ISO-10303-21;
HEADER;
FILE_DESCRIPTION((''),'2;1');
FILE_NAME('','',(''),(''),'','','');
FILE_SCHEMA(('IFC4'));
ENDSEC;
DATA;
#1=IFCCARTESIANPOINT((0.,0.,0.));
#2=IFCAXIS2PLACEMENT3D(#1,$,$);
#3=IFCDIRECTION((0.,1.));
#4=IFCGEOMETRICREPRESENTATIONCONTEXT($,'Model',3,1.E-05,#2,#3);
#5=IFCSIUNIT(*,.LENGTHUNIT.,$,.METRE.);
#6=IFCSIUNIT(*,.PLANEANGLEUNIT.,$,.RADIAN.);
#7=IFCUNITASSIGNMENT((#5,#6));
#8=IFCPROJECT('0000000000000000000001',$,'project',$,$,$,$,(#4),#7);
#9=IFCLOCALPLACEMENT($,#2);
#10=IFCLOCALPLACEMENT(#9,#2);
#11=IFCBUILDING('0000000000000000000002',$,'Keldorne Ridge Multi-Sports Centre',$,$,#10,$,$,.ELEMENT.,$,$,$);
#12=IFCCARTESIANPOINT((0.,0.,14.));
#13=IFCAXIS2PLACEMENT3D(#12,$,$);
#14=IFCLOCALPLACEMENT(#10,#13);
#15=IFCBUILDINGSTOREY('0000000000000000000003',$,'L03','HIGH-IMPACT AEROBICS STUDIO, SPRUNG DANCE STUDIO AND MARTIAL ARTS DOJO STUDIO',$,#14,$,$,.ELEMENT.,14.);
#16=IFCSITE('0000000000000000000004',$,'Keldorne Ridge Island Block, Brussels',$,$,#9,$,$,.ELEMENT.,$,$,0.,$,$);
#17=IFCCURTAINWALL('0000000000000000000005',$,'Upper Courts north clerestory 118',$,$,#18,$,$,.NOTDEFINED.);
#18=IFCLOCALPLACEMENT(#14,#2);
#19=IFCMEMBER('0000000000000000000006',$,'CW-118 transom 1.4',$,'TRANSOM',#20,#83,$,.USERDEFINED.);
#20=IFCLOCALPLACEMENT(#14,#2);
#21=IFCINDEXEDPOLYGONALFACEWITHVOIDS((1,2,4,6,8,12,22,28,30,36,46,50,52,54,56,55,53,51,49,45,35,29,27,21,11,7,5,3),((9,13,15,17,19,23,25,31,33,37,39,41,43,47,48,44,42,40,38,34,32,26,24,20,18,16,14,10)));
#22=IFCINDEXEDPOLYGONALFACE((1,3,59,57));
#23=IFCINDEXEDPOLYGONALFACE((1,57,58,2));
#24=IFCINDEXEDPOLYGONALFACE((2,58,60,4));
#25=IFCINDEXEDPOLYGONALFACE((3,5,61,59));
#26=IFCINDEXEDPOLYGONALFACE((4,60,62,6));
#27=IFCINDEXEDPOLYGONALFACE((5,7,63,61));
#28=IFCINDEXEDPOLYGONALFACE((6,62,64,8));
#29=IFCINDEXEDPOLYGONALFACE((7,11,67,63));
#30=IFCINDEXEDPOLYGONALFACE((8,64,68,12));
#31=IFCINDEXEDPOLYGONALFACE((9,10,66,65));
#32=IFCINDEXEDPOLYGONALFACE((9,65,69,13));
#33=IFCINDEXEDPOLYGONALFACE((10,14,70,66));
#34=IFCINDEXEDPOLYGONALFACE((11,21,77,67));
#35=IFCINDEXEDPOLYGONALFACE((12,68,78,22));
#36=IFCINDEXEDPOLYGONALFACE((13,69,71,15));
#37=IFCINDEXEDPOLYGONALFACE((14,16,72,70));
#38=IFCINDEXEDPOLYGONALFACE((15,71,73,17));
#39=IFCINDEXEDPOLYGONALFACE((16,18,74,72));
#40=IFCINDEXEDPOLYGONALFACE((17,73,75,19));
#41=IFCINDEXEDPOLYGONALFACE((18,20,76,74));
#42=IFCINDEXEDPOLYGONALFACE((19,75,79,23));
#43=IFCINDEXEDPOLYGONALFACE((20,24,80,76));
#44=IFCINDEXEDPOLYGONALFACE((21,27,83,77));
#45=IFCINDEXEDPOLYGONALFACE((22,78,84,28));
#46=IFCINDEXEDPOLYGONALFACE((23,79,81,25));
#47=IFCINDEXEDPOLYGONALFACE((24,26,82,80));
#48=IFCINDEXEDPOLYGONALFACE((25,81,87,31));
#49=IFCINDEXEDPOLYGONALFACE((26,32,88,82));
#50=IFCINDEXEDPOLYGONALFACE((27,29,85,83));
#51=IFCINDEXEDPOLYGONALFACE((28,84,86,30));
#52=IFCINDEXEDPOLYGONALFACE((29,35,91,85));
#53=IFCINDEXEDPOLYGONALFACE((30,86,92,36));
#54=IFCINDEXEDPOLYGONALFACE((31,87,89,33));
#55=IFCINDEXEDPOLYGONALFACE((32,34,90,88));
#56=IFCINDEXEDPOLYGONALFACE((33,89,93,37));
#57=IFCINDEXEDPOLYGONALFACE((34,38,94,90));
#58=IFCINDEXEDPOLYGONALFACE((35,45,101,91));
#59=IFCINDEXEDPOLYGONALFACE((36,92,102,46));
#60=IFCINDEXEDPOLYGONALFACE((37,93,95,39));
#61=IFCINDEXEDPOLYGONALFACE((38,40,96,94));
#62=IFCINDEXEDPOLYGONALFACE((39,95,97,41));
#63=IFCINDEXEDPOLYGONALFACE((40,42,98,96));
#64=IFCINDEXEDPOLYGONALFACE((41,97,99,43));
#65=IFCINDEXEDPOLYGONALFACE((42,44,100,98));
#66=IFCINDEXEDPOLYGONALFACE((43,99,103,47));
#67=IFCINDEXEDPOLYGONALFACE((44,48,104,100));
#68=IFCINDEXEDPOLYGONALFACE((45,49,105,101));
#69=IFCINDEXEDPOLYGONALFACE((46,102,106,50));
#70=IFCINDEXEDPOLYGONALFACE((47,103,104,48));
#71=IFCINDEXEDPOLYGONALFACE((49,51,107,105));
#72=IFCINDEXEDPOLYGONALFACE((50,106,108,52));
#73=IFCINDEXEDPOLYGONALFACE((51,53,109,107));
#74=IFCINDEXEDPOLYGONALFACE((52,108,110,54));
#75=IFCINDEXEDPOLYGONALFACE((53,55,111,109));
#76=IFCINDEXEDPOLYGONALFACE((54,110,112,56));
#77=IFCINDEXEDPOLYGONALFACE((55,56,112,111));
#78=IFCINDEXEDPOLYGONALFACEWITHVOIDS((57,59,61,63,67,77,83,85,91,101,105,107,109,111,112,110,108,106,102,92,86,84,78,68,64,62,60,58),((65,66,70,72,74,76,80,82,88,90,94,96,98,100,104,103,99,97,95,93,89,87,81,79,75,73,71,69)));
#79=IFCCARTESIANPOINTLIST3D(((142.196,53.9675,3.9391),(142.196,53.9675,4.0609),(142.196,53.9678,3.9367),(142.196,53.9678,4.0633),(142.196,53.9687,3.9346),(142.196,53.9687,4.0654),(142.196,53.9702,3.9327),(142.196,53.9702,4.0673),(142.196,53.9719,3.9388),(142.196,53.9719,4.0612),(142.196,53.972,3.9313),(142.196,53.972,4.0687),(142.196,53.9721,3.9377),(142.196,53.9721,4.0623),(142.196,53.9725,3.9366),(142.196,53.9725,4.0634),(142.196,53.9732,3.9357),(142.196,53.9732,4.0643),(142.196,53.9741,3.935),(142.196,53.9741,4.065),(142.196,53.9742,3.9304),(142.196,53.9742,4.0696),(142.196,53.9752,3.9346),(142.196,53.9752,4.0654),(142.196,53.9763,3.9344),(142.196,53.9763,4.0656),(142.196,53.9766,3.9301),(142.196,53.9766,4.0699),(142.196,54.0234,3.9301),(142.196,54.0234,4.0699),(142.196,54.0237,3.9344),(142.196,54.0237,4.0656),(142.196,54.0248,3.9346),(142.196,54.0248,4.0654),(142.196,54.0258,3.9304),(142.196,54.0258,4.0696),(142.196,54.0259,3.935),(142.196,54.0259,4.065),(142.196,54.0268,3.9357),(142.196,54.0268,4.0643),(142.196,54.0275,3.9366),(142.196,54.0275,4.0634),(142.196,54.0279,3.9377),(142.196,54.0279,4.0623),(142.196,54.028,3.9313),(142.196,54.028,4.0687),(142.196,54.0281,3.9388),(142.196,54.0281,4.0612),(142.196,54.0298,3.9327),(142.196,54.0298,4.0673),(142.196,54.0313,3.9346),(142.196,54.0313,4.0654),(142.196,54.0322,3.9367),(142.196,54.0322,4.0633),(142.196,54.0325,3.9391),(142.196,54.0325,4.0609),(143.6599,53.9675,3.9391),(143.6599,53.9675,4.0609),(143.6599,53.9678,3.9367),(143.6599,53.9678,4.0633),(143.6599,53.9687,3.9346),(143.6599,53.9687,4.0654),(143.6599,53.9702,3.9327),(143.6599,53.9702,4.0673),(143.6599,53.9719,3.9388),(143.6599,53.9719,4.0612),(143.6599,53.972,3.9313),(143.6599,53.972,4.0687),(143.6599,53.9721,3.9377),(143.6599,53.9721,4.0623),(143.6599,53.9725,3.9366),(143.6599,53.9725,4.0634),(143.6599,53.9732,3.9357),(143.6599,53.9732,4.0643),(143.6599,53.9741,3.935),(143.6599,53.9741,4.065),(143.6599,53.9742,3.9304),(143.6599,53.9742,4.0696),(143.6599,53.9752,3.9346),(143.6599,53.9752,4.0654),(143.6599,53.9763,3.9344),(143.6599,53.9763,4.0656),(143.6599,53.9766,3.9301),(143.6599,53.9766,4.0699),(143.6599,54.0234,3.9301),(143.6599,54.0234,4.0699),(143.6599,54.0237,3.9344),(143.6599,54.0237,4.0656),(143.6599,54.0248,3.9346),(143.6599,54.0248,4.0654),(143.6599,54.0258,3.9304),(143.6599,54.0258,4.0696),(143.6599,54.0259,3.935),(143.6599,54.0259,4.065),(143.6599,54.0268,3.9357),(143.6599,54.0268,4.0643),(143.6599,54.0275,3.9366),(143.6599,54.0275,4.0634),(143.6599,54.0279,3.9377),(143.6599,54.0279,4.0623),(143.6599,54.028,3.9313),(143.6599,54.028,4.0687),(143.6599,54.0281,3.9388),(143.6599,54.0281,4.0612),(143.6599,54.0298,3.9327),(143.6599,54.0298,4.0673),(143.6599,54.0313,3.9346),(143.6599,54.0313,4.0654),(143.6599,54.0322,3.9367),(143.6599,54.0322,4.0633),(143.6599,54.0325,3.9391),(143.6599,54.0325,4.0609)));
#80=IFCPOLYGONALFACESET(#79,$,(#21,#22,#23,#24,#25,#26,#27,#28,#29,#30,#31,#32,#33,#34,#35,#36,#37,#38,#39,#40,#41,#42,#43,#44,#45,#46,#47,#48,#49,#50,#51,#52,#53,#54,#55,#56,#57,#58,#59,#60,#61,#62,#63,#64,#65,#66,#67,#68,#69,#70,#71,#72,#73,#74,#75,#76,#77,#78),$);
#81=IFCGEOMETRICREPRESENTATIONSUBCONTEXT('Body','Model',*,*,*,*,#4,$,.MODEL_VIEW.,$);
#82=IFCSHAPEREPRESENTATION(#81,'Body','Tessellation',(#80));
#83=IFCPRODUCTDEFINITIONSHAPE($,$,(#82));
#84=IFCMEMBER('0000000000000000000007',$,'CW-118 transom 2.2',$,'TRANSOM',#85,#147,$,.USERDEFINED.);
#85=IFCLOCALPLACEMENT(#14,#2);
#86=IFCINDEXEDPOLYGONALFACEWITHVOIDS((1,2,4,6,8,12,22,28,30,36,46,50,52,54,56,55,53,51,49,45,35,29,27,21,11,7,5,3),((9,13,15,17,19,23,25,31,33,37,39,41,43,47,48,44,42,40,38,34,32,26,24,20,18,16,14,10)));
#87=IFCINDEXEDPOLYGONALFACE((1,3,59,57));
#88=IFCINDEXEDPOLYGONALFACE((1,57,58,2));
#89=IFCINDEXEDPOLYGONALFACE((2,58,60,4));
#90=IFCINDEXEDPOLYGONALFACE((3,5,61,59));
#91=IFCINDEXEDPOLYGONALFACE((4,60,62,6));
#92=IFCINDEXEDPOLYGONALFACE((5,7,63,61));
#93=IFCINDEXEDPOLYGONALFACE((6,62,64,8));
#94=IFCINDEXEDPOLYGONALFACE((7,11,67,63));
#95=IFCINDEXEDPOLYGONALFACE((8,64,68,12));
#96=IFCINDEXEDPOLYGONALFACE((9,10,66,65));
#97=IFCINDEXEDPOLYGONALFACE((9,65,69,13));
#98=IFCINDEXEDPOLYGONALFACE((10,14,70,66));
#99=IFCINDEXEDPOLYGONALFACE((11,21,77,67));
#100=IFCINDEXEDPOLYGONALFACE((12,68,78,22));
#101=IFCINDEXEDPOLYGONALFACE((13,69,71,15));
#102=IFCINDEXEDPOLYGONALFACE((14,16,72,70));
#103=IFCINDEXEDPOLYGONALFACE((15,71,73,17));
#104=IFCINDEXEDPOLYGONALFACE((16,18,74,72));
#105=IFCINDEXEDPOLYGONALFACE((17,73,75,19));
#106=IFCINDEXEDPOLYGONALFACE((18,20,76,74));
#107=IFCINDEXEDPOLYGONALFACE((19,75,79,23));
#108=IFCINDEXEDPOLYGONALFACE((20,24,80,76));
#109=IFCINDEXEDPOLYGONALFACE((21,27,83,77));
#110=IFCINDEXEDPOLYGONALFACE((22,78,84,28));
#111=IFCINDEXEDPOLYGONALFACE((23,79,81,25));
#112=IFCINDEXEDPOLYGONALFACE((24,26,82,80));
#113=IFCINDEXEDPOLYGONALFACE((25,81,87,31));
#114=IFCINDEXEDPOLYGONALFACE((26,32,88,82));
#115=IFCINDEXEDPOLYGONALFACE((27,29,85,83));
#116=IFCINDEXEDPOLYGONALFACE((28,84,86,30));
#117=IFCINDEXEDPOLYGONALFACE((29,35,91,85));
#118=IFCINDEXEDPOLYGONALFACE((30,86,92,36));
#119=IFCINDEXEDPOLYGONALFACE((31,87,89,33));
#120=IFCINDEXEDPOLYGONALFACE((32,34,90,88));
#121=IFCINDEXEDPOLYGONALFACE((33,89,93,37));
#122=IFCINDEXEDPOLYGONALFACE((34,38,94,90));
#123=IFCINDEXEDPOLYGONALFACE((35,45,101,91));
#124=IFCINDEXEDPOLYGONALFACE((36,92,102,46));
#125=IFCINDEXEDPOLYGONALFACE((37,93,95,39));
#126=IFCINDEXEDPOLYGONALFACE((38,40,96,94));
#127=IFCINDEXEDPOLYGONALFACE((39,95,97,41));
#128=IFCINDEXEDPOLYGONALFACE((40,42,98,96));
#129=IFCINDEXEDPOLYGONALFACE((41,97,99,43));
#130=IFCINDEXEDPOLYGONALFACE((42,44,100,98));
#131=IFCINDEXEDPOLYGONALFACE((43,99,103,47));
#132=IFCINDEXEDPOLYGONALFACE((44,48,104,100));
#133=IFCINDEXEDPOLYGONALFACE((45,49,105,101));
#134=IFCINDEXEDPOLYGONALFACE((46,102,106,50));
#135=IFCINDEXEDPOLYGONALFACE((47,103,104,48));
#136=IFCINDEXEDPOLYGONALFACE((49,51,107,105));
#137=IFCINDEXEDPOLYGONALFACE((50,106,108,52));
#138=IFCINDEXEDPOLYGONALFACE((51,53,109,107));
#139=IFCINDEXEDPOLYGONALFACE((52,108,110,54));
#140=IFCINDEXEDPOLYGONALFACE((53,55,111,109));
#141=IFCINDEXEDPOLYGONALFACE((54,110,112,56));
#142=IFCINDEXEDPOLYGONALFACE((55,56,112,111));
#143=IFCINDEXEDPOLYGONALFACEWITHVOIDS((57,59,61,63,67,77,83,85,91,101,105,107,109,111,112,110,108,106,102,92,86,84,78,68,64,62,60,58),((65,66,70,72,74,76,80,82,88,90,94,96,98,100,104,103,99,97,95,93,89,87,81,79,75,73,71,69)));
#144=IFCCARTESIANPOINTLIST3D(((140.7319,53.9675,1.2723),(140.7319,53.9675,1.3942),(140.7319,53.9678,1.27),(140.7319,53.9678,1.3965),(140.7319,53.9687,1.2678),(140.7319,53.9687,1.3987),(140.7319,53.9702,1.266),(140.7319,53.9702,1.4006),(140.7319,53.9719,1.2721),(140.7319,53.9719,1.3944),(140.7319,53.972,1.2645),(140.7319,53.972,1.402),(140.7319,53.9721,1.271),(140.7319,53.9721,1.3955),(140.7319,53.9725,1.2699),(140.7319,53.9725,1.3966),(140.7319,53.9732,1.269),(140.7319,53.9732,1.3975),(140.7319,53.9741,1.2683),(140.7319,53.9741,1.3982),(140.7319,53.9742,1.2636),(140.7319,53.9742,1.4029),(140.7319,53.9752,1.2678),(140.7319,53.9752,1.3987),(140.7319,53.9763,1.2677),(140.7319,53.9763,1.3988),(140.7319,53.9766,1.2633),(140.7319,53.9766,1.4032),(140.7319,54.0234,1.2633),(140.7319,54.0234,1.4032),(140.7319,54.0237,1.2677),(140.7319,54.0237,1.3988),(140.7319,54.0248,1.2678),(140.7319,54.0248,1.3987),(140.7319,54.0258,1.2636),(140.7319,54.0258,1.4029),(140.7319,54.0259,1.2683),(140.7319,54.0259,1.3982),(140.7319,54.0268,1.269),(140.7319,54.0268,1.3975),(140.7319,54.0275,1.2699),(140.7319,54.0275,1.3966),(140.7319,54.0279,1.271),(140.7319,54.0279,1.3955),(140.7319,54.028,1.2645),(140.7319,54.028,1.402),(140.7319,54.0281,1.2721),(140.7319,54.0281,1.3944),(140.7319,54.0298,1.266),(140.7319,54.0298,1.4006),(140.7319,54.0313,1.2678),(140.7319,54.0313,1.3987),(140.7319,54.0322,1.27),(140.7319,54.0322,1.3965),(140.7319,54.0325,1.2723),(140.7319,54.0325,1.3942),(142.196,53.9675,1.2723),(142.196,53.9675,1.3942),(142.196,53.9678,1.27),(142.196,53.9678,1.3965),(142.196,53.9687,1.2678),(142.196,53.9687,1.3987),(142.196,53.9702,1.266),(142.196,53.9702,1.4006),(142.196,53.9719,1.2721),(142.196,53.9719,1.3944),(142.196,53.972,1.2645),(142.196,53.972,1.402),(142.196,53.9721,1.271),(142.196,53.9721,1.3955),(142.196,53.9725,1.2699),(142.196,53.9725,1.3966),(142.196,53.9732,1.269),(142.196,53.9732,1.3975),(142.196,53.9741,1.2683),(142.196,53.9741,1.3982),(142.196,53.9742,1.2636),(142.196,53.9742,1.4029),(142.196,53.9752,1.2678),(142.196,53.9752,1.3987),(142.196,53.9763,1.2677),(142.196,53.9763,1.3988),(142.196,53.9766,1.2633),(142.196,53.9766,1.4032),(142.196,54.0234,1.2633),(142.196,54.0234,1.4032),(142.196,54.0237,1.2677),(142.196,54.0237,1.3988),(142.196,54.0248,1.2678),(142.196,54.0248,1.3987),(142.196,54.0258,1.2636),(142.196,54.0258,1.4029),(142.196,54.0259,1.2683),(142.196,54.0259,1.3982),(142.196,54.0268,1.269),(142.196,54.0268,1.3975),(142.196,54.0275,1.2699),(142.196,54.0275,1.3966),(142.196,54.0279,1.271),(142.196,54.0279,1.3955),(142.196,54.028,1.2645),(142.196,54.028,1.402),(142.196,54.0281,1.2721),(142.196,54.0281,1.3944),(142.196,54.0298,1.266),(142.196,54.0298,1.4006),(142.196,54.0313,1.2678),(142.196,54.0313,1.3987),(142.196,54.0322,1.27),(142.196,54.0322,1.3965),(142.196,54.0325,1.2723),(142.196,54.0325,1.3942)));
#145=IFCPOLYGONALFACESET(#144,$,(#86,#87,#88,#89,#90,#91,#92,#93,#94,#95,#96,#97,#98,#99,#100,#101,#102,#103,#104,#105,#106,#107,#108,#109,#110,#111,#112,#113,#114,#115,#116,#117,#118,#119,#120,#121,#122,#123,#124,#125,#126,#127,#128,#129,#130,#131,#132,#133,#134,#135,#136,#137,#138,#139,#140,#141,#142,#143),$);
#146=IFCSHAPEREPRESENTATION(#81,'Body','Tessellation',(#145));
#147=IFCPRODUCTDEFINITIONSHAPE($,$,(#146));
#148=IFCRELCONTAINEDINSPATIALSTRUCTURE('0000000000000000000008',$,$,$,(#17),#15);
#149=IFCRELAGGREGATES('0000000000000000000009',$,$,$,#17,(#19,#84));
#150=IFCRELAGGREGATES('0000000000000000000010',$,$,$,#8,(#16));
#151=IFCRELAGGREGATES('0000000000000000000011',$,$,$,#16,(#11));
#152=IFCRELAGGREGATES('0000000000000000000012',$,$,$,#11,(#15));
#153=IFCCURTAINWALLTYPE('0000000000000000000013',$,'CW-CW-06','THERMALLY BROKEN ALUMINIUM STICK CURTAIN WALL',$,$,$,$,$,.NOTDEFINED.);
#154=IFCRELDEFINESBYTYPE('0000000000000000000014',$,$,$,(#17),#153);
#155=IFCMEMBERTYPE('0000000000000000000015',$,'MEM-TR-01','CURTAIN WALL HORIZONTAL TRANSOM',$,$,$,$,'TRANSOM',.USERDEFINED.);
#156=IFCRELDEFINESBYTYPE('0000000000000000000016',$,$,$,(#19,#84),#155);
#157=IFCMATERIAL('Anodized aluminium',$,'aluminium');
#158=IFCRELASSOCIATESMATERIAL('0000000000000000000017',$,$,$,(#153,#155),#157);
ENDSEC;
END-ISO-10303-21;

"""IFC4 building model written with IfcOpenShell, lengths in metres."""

from ifc_helpers import new_model, si_unit, direction, frame, origin, origin_2d, place, context, subcontext, project, spatial, hollow_rectangle, extrude, material, material_profile, profile_set, type_object, element, aggregate, save


model = new_model("IFC4")

# Units and contexts
model_context = context("Model", 3, precision=1e-05, world=origin(), true_north=direction((0.0, 1.0)))
body_context = subcontext(model_context, "Body", "Model", "MODEL_VIEW")
ifc_project = project(units=[si_unit("LENGTHUNIT", "METRE"), si_unit("PLANEANGLEUNIT", "RADIAN")], contexts=[model_context])

# Site, building, storey
site_placement = place(None, origin())
site = spatial("IfcSite", under=ifc_project, at=site_placement, Name="Keldorne Ridge Island Block, Brussels", CompositionType="ELEMENT", RefElevation=0.0)
building_placement = place(site_placement, origin())
building = spatial("IfcBuilding", under=site, at=building_placement, Name="Keldorne Ridge Multi-Sports Centre", CompositionType="ELEMENT")
storey_placement = place(building_placement, frame((0.0, 0.0, 14.0)))
storey = spatial("IfcBuildingStorey", under=building, at=storey_placement, Name="L03", Description="HIGH-IMPACT AEROBICS STUDIO, SPRUNG DANCE STUDIO AND MARTIAL ARTS DOJO STUDIO", CompositionType="ELEMENT", Elevation=14.0)

# Curtain wall
ifc_material_1 = material(Name="Anodized aluminium", Category="aluminium")
curtain_wall_type_1 = type_object("IfcCurtainWallType", Name="CW-CW-06", Description="THERMALLY BROKEN ALUMINIUM STICK CURTAIN WALL", PredefinedType="NOTDEFINED", material=ifc_material_1)
curtain_wall_1_placement = place(storey_placement, origin())
curtain_wall_1 = element("IfcCurtainWall", 1, at=curtain_wall_1_placement, inside=storey, type_object=curtain_wall_type_1, Name="Upper Courts north clerestory 118", PredefinedType="NOTDEFINED")

# Members
ifc_material_profile_1 = material_profile(ifc_material_1, hollow_rectangle(XDim=0.0649, YDim=0.1399, WallThickness=0.0044, InnerFilletRadius=0.0044, OuterFilletRadius=0.009, at=origin_2d()), Name="ALU TRANSOM 140x65x4.5")
ifc_profile_set_1 = profile_set([ifc_material_profile_1], Name="Anodized aluminium")
member_type_1 = type_object("IfcMemberType", Name="MEM-TR-01", Description="CURTAIN WALL HORIZONTAL TRANSOM", ElementType="TRANSOM", PredefinedType="USERDEFINED", material=ifc_profile_set_1)
member_1_placement = place(storey_placement, frame((143.6599, 54.0, 4.0), z_axis=(-1.0, 0.0, 0.0), x_axis=(0.0, -1.0, 0.0)))
member_1 = element("IfcMember", 2, at=member_1_placement, type_object=member_type_1, Name="CW-118 transom 1.4", ObjectType="TRANSOM", PredefinedType="USERDEFINED", context=body_context, shape_type="SweptSolid", body=[
    extrude(hollow_rectangle(XDim=0.0649, YDim=0.1399, WallThickness=0.0044, InnerFilletRadius=0.0044, OuterFilletRadius=0.009, at=origin_2d()), origin(), (0.0, 0.0, 1.0), 1.4639),
])
member_2_placement = place(storey_placement, frame((142.196, 54.0, 1.3333), z_axis=(-1.0, 0.0, 0.0), x_axis=(0.0, -1.0, 0.0)))
member_2 = element("IfcMember", 3, at=member_2_placement, type_object=member_type_1, Name="CW-118 transom 2.2", ObjectType="TRANSOM", PredefinedType="USERDEFINED", context=body_context, shape_type="SweptSolid", body=[
    extrude(hollow_rectangle(XDim=0.0649, YDim=0.1399, WallThickness=0.0044, InnerFilletRadius=0.0044, OuterFilletRadius=0.009, at=origin_2d()), origin(), (0.0, 0.0, 1.0), 1.4641),
])

aggregate(curtain_wall_1, [member_1, member_2])

save(model, "model.ifc")
